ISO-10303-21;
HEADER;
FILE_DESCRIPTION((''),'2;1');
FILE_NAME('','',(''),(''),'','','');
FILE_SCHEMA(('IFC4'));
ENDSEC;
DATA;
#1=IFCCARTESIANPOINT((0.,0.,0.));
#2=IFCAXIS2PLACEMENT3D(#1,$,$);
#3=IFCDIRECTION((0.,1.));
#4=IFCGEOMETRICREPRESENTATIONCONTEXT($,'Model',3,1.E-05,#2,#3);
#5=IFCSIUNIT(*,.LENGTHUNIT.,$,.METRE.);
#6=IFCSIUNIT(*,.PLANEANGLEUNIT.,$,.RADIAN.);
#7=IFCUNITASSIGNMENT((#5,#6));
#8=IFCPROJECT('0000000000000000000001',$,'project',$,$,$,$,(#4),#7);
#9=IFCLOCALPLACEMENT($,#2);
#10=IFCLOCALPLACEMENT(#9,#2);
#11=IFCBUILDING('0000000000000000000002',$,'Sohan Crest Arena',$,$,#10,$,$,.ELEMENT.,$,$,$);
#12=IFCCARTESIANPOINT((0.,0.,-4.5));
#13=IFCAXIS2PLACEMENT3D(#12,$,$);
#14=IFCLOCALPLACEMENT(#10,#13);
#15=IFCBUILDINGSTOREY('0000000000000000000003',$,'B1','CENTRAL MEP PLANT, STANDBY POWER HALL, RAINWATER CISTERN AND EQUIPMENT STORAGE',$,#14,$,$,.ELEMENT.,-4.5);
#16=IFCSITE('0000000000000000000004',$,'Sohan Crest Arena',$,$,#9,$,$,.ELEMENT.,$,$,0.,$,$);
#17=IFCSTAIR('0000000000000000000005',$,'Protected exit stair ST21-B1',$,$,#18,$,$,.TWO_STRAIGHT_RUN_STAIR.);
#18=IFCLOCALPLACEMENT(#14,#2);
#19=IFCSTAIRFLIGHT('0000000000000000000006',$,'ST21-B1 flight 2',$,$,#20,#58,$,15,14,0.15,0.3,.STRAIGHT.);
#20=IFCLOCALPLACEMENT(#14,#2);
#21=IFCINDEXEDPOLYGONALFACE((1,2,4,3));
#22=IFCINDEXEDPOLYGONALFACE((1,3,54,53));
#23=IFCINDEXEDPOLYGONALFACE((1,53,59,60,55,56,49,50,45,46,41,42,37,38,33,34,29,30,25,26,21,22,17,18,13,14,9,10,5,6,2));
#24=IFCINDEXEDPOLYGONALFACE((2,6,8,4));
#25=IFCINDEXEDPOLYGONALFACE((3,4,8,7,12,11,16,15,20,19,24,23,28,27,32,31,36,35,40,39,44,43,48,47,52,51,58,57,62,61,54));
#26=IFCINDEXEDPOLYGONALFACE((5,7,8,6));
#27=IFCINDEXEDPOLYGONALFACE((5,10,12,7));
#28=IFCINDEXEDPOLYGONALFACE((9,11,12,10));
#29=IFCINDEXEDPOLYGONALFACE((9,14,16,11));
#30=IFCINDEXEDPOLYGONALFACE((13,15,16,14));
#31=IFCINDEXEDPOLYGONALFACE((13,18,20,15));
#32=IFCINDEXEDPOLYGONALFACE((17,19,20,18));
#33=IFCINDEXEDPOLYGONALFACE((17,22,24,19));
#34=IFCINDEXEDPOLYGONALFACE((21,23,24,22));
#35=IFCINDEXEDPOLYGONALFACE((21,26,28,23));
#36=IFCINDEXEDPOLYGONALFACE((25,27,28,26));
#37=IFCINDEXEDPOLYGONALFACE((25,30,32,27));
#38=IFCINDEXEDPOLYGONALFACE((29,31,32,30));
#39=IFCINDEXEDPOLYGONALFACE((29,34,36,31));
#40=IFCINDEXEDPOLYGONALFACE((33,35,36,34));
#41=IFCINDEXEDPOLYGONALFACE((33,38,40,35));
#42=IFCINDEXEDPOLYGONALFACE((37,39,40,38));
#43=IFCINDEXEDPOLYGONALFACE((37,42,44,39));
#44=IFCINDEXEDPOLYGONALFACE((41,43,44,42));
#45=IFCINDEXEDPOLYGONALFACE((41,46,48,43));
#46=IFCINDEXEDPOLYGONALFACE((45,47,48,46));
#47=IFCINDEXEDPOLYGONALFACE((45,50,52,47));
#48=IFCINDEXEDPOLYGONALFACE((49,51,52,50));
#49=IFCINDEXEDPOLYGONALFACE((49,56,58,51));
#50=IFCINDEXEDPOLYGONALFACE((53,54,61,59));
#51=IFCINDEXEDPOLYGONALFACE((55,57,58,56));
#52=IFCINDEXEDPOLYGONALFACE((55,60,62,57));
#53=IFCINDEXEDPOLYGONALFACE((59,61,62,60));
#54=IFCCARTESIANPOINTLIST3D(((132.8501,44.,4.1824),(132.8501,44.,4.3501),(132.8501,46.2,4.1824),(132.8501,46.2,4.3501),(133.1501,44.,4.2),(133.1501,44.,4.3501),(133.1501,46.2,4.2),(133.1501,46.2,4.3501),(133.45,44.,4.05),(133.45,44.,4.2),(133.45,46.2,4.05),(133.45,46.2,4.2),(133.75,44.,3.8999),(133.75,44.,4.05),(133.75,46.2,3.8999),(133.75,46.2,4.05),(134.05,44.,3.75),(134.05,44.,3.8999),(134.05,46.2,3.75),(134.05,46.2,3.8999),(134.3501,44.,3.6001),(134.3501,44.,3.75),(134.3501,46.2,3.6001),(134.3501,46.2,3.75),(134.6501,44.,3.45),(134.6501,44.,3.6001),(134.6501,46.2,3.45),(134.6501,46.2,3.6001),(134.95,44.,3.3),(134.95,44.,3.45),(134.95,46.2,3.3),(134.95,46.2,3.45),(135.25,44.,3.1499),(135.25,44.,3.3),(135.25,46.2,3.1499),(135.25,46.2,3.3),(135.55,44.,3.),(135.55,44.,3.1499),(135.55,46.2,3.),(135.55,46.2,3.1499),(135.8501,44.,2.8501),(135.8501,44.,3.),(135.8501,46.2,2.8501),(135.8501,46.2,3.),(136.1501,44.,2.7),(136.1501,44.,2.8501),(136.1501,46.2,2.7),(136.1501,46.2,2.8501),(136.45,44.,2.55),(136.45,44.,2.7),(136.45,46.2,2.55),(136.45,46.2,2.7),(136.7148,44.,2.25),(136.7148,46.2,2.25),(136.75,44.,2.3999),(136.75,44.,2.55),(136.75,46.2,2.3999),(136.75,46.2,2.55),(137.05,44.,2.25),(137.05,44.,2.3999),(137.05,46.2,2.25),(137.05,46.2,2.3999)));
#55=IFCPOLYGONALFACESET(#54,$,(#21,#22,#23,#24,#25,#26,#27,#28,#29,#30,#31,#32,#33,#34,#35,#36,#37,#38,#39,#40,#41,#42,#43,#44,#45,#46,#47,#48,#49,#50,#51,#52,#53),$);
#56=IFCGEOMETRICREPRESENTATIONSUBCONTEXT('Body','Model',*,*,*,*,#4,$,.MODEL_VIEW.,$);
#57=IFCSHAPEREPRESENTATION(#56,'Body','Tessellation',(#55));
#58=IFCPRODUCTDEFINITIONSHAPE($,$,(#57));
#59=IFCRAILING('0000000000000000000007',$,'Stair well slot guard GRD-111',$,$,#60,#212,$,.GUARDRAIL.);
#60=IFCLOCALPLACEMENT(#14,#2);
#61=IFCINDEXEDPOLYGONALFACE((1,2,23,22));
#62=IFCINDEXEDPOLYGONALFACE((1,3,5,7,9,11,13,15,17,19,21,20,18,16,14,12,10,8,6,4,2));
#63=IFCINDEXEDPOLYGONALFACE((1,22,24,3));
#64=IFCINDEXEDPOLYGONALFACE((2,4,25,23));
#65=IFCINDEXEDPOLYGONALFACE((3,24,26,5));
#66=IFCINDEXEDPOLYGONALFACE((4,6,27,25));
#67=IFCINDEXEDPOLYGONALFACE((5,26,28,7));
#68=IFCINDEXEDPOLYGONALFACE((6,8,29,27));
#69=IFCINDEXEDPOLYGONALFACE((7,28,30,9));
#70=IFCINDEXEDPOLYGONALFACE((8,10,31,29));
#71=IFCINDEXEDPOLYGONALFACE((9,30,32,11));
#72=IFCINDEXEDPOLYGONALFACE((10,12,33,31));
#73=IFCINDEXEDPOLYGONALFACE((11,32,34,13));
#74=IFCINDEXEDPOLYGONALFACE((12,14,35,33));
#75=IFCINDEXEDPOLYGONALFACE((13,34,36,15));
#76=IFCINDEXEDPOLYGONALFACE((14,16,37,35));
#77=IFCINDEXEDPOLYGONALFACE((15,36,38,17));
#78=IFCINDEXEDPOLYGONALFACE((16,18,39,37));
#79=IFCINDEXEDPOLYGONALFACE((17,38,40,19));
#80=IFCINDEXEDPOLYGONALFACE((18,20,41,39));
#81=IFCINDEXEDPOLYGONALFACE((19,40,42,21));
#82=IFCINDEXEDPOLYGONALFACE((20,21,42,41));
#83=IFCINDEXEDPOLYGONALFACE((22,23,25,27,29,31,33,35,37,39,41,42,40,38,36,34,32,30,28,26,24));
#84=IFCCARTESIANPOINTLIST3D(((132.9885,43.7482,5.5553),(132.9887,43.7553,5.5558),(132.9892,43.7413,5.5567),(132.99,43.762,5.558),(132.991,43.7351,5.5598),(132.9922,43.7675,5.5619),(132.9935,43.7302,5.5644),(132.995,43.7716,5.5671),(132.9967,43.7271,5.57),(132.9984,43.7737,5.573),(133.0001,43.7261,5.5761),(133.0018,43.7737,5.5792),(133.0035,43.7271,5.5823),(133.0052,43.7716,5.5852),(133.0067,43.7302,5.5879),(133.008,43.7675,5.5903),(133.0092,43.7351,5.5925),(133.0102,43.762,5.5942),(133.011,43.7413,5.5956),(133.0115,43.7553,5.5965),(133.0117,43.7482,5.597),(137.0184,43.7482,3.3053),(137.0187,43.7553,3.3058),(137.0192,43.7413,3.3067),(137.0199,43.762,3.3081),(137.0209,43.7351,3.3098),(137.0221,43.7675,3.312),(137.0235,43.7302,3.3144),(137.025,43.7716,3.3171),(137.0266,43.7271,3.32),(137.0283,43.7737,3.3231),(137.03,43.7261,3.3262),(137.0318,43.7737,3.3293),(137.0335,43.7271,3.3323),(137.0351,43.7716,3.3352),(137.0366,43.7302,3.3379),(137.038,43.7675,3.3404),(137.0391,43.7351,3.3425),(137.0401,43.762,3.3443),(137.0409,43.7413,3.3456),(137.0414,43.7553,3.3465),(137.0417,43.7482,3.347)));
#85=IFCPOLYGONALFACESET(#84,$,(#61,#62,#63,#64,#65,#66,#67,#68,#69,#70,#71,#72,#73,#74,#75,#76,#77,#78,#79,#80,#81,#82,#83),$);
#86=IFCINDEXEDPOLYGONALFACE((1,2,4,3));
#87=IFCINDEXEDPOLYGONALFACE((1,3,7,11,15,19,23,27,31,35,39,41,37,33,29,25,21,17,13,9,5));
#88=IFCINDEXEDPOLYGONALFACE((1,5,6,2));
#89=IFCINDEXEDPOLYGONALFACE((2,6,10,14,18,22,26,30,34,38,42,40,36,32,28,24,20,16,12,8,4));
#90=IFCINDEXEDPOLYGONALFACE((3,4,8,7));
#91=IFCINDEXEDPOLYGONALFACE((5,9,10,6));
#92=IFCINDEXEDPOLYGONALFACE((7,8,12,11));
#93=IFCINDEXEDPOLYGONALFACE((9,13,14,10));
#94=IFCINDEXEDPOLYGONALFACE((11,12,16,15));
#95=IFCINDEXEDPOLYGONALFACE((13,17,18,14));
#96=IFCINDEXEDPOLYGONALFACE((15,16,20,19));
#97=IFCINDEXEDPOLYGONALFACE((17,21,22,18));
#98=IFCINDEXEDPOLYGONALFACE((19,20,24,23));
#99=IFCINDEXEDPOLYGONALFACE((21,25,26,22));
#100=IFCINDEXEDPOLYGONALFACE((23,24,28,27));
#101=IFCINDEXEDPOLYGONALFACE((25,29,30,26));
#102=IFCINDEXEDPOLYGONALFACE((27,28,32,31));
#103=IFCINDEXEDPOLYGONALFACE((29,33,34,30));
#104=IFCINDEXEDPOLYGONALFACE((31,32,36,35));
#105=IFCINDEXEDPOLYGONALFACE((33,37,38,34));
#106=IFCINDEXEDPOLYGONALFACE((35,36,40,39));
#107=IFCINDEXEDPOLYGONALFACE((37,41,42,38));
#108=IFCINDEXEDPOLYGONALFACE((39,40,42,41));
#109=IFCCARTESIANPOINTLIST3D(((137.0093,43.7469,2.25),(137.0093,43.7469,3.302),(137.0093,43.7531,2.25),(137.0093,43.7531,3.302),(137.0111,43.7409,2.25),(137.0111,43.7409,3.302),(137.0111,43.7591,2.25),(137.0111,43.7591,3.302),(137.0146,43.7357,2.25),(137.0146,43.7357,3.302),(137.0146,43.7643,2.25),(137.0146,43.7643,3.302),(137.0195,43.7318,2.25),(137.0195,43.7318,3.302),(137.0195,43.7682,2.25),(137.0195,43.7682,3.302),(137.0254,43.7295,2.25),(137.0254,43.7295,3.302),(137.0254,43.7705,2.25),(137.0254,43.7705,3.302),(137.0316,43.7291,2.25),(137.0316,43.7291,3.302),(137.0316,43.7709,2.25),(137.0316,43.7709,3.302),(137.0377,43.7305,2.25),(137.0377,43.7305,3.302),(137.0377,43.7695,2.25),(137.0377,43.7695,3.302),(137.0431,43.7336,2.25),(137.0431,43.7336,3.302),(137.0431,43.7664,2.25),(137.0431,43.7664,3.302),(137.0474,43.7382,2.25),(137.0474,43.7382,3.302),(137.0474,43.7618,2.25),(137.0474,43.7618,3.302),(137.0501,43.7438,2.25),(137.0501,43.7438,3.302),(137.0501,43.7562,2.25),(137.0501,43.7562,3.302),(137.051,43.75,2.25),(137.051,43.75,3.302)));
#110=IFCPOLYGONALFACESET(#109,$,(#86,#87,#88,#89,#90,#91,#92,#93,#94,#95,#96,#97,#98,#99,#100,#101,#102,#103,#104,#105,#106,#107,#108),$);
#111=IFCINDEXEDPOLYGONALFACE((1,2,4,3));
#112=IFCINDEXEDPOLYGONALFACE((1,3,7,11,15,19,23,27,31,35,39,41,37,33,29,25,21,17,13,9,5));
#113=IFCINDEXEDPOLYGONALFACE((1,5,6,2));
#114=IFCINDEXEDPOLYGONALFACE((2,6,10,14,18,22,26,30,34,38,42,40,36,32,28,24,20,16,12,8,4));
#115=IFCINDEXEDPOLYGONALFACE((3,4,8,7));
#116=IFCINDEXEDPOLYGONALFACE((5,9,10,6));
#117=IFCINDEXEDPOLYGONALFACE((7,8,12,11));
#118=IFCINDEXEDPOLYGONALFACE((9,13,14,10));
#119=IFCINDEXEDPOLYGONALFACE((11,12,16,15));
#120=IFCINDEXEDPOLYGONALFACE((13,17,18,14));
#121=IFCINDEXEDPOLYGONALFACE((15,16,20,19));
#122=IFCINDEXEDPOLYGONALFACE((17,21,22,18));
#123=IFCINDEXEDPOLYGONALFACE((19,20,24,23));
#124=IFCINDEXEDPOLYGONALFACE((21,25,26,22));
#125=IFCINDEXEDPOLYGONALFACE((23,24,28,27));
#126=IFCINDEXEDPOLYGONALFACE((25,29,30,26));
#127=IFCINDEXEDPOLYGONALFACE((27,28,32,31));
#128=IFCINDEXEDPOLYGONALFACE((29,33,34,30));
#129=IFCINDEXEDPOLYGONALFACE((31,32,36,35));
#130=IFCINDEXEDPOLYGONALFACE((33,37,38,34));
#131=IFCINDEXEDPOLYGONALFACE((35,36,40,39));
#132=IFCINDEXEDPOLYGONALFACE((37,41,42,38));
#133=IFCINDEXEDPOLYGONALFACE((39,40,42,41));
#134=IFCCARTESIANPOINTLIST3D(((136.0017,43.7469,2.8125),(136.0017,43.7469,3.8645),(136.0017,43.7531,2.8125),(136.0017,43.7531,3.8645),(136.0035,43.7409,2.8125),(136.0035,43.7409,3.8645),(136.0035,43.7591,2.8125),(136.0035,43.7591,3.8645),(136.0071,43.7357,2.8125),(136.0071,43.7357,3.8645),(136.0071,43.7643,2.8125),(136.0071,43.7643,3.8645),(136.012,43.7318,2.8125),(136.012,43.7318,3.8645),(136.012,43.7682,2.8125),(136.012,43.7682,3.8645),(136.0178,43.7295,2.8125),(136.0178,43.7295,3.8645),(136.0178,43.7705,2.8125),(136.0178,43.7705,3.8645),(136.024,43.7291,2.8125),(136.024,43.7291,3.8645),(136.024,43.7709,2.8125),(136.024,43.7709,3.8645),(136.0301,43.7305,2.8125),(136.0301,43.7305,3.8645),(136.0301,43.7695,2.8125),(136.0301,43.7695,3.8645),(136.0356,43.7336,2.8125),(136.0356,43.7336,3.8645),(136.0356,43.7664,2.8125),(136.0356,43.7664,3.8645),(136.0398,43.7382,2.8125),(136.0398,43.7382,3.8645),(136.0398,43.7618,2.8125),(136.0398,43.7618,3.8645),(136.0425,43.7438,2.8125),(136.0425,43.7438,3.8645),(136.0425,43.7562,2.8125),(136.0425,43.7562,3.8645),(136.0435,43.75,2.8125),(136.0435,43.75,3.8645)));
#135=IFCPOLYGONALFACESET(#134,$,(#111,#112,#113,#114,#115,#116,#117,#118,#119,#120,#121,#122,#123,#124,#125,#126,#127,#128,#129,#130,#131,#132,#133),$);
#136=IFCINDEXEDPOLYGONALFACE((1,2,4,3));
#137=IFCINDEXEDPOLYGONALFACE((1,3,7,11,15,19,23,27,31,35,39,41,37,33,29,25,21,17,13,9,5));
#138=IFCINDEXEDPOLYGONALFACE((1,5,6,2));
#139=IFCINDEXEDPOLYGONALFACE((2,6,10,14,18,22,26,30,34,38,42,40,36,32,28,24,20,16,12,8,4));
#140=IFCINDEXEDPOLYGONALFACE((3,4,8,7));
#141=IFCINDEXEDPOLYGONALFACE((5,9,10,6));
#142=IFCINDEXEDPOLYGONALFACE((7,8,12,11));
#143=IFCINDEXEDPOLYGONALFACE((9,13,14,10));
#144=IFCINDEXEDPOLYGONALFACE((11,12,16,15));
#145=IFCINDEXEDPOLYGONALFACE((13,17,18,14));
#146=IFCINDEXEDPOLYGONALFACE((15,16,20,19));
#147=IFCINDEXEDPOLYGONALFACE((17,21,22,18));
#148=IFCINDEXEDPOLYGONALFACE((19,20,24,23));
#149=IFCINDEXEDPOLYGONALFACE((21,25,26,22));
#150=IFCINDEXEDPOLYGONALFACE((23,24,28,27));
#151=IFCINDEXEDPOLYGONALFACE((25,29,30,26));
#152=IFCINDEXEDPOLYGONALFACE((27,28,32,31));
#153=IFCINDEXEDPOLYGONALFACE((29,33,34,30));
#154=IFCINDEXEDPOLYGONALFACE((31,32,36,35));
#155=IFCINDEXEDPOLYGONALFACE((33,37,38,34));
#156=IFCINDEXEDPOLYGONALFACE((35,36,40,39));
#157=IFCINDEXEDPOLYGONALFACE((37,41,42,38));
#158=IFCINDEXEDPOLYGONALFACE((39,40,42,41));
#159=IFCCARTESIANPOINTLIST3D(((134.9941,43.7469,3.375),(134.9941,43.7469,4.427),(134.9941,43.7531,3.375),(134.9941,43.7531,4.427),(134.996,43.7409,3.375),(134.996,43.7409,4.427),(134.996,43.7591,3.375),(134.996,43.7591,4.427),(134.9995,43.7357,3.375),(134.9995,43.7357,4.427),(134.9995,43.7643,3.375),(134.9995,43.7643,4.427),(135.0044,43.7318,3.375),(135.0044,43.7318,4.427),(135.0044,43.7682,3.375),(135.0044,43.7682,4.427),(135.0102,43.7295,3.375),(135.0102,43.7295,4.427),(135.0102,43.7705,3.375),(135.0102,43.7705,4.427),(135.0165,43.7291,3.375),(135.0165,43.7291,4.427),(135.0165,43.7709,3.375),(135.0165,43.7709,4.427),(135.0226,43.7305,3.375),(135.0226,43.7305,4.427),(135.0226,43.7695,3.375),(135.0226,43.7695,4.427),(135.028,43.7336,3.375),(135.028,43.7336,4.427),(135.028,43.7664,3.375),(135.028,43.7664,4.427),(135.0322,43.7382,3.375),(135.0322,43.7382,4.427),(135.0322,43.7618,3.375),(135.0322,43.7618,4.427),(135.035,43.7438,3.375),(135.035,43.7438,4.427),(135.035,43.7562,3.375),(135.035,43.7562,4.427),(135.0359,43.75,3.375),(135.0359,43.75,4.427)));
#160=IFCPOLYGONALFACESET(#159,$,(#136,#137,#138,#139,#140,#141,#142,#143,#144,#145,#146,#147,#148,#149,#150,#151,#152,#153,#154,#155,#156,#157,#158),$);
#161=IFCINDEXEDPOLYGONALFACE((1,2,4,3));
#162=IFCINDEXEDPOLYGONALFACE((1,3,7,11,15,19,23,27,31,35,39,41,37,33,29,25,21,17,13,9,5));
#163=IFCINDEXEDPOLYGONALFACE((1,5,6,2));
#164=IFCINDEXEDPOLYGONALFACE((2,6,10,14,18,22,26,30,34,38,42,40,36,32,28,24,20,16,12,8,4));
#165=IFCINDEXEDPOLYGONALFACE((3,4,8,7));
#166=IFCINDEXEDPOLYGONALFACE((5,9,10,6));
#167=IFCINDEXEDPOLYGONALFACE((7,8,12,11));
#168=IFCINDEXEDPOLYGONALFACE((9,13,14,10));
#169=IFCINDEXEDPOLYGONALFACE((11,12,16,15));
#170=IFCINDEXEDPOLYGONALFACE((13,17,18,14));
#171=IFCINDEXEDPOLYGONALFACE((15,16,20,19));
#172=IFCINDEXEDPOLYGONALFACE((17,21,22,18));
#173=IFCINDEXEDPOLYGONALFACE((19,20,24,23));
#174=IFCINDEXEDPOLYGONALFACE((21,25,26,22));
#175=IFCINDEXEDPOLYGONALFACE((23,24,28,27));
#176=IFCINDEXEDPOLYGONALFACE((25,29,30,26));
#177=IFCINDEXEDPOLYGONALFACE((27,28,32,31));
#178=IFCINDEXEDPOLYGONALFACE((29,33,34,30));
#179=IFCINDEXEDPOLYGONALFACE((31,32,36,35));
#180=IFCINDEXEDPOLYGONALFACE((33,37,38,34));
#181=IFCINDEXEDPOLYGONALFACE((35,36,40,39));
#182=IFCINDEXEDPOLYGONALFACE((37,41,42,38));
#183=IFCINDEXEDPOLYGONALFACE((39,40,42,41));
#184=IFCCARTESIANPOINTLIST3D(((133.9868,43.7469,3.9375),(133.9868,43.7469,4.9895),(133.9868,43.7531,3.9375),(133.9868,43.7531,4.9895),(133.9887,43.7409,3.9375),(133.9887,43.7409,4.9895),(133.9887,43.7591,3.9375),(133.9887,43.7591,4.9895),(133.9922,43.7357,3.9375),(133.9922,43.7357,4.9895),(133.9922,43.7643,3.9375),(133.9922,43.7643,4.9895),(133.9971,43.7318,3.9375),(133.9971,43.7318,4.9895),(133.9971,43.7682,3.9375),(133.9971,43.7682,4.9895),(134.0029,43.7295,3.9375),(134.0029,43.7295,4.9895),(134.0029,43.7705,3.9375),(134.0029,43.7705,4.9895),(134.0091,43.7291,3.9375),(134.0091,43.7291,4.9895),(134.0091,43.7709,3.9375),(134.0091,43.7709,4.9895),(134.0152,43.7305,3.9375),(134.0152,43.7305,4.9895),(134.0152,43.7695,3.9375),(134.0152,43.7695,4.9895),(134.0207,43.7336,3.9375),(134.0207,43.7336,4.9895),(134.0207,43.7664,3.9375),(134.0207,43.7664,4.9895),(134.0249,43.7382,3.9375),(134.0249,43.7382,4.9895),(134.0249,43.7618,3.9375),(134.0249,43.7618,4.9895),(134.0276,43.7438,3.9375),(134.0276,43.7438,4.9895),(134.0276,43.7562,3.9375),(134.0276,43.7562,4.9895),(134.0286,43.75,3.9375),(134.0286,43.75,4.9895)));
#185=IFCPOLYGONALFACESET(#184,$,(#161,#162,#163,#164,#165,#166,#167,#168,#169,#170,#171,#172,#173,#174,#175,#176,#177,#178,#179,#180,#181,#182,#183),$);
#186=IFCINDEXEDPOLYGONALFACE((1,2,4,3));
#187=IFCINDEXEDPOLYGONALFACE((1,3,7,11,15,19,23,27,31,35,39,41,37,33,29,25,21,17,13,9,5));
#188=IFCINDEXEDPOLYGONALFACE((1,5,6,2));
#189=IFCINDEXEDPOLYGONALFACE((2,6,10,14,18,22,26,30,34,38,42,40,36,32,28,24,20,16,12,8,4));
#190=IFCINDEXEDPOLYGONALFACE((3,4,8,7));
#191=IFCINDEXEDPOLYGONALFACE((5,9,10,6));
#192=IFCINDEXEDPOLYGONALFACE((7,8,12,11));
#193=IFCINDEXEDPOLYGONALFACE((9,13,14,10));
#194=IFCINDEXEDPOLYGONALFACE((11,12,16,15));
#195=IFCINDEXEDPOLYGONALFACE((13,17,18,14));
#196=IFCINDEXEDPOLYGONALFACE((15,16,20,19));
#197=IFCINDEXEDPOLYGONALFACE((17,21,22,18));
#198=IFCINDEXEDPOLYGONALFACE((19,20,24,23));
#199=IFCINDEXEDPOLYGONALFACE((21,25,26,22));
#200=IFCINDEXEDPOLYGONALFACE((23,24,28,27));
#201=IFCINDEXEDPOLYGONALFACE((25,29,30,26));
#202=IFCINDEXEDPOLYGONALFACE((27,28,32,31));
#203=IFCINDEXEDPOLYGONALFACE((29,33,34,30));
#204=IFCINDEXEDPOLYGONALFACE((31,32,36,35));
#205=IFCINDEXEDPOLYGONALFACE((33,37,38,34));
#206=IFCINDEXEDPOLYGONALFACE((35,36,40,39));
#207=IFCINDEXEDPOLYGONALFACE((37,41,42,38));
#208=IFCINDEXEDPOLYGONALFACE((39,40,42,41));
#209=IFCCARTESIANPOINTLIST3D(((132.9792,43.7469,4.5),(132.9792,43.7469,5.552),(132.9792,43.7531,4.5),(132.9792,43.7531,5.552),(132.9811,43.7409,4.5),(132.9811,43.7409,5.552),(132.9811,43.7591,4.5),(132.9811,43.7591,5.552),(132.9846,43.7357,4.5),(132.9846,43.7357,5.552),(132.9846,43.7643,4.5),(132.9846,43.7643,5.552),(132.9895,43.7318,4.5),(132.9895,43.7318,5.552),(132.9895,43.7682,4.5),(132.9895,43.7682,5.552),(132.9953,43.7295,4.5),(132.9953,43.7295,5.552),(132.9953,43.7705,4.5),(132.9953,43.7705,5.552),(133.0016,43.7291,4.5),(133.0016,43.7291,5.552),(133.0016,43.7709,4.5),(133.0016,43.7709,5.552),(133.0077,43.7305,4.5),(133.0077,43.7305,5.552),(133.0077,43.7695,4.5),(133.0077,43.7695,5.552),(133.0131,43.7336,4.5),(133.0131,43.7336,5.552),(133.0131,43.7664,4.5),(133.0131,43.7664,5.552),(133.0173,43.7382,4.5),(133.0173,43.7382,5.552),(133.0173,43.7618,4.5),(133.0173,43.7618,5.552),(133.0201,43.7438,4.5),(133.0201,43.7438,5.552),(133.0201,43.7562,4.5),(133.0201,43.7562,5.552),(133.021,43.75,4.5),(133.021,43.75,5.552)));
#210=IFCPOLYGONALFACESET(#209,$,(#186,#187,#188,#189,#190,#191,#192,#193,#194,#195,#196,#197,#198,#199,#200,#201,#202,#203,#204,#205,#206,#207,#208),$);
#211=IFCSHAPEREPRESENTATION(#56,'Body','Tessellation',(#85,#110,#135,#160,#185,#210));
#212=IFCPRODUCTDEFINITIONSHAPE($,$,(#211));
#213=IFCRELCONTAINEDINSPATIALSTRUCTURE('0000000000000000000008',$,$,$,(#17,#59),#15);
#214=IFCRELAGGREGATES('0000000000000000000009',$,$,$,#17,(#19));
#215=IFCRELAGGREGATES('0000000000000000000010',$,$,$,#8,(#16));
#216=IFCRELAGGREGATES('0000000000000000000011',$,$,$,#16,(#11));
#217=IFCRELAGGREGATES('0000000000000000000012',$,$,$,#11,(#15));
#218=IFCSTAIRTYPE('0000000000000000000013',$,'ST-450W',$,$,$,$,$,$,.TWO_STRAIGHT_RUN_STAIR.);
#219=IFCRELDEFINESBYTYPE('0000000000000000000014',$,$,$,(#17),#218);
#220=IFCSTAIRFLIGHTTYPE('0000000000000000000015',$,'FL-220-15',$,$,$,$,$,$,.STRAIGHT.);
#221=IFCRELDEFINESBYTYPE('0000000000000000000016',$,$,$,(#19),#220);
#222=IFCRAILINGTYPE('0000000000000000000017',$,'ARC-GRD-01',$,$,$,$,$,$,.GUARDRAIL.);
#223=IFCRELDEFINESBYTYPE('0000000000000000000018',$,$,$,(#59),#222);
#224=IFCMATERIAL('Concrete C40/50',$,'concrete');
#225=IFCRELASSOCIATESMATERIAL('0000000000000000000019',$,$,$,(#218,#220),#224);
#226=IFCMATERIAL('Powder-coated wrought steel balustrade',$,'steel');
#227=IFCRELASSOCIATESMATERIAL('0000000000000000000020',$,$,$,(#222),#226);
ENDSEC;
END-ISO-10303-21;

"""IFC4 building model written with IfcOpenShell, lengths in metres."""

from ifc_helpers import new_model, si_unit, direction, frame, origin, origin_2d, place, context, subcontext, project, spatial, polyline, circle, outline, extrude, material, type_object, element, aggregate, save


model = new_model("IFC4")

# Units and contexts
model_context = context("Model", 3, precision=1e-05, world=origin(), true_north=direction((0.0, 1.0)))
body_context = subcontext(model_context, "Body", "Model", "MODEL_VIEW")
ifc_project = project(units=[si_unit("LENGTHUNIT", "METRE"), si_unit("PLANEANGLEUNIT", "RADIAN")], contexts=[model_context])

# Site, building, storey
site_placement = place(None, origin())
site = spatial("IfcSite", under=ifc_project, at=site_placement, Name="Sohan Crest Arena", CompositionType="ELEMENT", RefElevation=0.0)
building_placement = place(site_placement, origin())
building = spatial("IfcBuilding", under=site, at=building_placement, Name="Sohan Crest Arena", CompositionType="ELEMENT")
storey_placement = place(building_placement, frame((0.0, 0.0, -4.5)))
storey = spatial("IfcBuildingStorey", under=building, at=storey_placement, Name="B1", Description="CENTRAL MEP PLANT, STANDBY POWER HALL, RAINWATER CISTERN AND EQUIPMENT STORAGE", CompositionType="ELEMENT", Elevation=-4.5)

# Shared definitions
ifc_material_1 = material(Name="Concrete C40/50", Category="concrete")

# Stair, stair flight
stair_type = type_object("IfcStairType", Name="ST-450W", PredefinedType="TWO_STRAIGHT_RUN_STAIR", material=ifc_material_1)
stair_placement = place(storey_placement, origin())
stair = element("IfcStair", 1, at=stair_placement, inside=storey, type_object=stair_type, Name="Protected exit stair ST21-B1", PredefinedType="TWO_STRAIGHT_RUN_STAIR")
stair_flight_type = type_object("IfcStairFlightType", Name="FL-220-15", PredefinedType="STRAIGHT", material=ifc_material_1)
stair_flight_placement = place(storey_placement, frame((137.05, 45.1001, 2.25), z_axis=(0.0, 0.0, 1.0), x_axis=(-1.0, 0.0, 0.0)))
stair_flight = element("IfcStairFlight", 2, at=stair_flight_placement, type_object=stair_flight_type, Name="ST21-B1 flight 2", NumberOfRisers=15, NumberOfTreads=14, PredefinedType="STRAIGHT", RiserHeight=0.15, TreadLength=0.3, context=body_context, shape_type="SweptSolid", body=[
    extrude(outline(polyline([(0.0, 0.0), (0.0, 0.1499), (0.3, 0.1499), (0.3, 0.3), (0.6001, 0.3), (0.6001, 0.45), (0.8999, 0.45), (0.8999, 0.6001), (1.2, 0.6001), (1.2, 0.75), (1.5, 0.75), (1.5, 0.8999), (1.8, 0.8999), (1.8, 1.05), (2.1001, 1.05), (2.1001, 1.2), (2.3999, 1.2), (2.3999, 1.3501), (2.7, 1.3501), (2.7, 1.5), (3.0, 1.5), (3.0, 1.6499), (3.3, 1.6499), (3.3, 1.8), (3.6001, 1.8), (3.6001, 1.95), (3.8999, 1.95), (3.8999, 2.1001), (4.2, 2.1001), (4.2, 2.25), (4.2, 1.9324), (0.3352, 0.0), (0.0, 0.0)])), frame((0.0, 1.1001, 0.0), z_axis=(0.0, -1.0, 0.0), x_axis=(1.0, 0.0, 0.0)), (0.0, 0.0, 1.0), 2.2),
])
aggregate(stair, [stair_flight])

# Railing
ifc_material_2 = material(Name="Powder-coated wrought steel balustrade", Category="steel")
railing_type_1 = type_object("IfcRailingType", Name="ARC-GRD-01", PredefinedType="GUARDRAIL", material=ifc_material_2)
railing_1_placement = place(storey_placement, frame((137.03, 43.75, 2.25)))
element("IfcRailing", 3, at=railing_1_placement, inside=storey, type_object=railing_type_1, Name="Stair well slot guard GRD-111", PredefinedType="GUARDRAIL", context=body_context, shape_type="SweptSolid", body=[
    extrude(circle(Radius=0.0239, at=origin_2d()), frame((0.0, 0.0, 1.0762), z_axis=(-0.873135, 0.0, 0.487479), x_axis=(0.0, -1.0, 0.0)), (0.0, 0.0, 1.0), 4.6155),
    extrude(circle(Radius=0.021, at=origin_2d()), origin(), (0.0, 0.0, 1.0), 1.052),
    extrude(circle(Radius=0.021, at=origin_2d()), frame((-1.0076, 0.0, 0.5625)), (0.0, 0.0, 1.0), 1.052),
    extrude(circle(Radius=0.021, at=origin_2d()), frame((-2.0151, 0.0, 1.125)), (0.0, 0.0, 1.0), 1.052),
    extrude(circle(Radius=0.021, at=origin_2d()), frame((-3.0225, 0.0, 1.6875)), (0.0, 0.0, 1.0), 1.052),
    extrude(circle(Radius=0.021, at=origin_2d()), frame((-4.03, 0.0, 2.25)), (0.0, 0.0, 1.0), 1.052),
])

save(model, "model.ifc")
